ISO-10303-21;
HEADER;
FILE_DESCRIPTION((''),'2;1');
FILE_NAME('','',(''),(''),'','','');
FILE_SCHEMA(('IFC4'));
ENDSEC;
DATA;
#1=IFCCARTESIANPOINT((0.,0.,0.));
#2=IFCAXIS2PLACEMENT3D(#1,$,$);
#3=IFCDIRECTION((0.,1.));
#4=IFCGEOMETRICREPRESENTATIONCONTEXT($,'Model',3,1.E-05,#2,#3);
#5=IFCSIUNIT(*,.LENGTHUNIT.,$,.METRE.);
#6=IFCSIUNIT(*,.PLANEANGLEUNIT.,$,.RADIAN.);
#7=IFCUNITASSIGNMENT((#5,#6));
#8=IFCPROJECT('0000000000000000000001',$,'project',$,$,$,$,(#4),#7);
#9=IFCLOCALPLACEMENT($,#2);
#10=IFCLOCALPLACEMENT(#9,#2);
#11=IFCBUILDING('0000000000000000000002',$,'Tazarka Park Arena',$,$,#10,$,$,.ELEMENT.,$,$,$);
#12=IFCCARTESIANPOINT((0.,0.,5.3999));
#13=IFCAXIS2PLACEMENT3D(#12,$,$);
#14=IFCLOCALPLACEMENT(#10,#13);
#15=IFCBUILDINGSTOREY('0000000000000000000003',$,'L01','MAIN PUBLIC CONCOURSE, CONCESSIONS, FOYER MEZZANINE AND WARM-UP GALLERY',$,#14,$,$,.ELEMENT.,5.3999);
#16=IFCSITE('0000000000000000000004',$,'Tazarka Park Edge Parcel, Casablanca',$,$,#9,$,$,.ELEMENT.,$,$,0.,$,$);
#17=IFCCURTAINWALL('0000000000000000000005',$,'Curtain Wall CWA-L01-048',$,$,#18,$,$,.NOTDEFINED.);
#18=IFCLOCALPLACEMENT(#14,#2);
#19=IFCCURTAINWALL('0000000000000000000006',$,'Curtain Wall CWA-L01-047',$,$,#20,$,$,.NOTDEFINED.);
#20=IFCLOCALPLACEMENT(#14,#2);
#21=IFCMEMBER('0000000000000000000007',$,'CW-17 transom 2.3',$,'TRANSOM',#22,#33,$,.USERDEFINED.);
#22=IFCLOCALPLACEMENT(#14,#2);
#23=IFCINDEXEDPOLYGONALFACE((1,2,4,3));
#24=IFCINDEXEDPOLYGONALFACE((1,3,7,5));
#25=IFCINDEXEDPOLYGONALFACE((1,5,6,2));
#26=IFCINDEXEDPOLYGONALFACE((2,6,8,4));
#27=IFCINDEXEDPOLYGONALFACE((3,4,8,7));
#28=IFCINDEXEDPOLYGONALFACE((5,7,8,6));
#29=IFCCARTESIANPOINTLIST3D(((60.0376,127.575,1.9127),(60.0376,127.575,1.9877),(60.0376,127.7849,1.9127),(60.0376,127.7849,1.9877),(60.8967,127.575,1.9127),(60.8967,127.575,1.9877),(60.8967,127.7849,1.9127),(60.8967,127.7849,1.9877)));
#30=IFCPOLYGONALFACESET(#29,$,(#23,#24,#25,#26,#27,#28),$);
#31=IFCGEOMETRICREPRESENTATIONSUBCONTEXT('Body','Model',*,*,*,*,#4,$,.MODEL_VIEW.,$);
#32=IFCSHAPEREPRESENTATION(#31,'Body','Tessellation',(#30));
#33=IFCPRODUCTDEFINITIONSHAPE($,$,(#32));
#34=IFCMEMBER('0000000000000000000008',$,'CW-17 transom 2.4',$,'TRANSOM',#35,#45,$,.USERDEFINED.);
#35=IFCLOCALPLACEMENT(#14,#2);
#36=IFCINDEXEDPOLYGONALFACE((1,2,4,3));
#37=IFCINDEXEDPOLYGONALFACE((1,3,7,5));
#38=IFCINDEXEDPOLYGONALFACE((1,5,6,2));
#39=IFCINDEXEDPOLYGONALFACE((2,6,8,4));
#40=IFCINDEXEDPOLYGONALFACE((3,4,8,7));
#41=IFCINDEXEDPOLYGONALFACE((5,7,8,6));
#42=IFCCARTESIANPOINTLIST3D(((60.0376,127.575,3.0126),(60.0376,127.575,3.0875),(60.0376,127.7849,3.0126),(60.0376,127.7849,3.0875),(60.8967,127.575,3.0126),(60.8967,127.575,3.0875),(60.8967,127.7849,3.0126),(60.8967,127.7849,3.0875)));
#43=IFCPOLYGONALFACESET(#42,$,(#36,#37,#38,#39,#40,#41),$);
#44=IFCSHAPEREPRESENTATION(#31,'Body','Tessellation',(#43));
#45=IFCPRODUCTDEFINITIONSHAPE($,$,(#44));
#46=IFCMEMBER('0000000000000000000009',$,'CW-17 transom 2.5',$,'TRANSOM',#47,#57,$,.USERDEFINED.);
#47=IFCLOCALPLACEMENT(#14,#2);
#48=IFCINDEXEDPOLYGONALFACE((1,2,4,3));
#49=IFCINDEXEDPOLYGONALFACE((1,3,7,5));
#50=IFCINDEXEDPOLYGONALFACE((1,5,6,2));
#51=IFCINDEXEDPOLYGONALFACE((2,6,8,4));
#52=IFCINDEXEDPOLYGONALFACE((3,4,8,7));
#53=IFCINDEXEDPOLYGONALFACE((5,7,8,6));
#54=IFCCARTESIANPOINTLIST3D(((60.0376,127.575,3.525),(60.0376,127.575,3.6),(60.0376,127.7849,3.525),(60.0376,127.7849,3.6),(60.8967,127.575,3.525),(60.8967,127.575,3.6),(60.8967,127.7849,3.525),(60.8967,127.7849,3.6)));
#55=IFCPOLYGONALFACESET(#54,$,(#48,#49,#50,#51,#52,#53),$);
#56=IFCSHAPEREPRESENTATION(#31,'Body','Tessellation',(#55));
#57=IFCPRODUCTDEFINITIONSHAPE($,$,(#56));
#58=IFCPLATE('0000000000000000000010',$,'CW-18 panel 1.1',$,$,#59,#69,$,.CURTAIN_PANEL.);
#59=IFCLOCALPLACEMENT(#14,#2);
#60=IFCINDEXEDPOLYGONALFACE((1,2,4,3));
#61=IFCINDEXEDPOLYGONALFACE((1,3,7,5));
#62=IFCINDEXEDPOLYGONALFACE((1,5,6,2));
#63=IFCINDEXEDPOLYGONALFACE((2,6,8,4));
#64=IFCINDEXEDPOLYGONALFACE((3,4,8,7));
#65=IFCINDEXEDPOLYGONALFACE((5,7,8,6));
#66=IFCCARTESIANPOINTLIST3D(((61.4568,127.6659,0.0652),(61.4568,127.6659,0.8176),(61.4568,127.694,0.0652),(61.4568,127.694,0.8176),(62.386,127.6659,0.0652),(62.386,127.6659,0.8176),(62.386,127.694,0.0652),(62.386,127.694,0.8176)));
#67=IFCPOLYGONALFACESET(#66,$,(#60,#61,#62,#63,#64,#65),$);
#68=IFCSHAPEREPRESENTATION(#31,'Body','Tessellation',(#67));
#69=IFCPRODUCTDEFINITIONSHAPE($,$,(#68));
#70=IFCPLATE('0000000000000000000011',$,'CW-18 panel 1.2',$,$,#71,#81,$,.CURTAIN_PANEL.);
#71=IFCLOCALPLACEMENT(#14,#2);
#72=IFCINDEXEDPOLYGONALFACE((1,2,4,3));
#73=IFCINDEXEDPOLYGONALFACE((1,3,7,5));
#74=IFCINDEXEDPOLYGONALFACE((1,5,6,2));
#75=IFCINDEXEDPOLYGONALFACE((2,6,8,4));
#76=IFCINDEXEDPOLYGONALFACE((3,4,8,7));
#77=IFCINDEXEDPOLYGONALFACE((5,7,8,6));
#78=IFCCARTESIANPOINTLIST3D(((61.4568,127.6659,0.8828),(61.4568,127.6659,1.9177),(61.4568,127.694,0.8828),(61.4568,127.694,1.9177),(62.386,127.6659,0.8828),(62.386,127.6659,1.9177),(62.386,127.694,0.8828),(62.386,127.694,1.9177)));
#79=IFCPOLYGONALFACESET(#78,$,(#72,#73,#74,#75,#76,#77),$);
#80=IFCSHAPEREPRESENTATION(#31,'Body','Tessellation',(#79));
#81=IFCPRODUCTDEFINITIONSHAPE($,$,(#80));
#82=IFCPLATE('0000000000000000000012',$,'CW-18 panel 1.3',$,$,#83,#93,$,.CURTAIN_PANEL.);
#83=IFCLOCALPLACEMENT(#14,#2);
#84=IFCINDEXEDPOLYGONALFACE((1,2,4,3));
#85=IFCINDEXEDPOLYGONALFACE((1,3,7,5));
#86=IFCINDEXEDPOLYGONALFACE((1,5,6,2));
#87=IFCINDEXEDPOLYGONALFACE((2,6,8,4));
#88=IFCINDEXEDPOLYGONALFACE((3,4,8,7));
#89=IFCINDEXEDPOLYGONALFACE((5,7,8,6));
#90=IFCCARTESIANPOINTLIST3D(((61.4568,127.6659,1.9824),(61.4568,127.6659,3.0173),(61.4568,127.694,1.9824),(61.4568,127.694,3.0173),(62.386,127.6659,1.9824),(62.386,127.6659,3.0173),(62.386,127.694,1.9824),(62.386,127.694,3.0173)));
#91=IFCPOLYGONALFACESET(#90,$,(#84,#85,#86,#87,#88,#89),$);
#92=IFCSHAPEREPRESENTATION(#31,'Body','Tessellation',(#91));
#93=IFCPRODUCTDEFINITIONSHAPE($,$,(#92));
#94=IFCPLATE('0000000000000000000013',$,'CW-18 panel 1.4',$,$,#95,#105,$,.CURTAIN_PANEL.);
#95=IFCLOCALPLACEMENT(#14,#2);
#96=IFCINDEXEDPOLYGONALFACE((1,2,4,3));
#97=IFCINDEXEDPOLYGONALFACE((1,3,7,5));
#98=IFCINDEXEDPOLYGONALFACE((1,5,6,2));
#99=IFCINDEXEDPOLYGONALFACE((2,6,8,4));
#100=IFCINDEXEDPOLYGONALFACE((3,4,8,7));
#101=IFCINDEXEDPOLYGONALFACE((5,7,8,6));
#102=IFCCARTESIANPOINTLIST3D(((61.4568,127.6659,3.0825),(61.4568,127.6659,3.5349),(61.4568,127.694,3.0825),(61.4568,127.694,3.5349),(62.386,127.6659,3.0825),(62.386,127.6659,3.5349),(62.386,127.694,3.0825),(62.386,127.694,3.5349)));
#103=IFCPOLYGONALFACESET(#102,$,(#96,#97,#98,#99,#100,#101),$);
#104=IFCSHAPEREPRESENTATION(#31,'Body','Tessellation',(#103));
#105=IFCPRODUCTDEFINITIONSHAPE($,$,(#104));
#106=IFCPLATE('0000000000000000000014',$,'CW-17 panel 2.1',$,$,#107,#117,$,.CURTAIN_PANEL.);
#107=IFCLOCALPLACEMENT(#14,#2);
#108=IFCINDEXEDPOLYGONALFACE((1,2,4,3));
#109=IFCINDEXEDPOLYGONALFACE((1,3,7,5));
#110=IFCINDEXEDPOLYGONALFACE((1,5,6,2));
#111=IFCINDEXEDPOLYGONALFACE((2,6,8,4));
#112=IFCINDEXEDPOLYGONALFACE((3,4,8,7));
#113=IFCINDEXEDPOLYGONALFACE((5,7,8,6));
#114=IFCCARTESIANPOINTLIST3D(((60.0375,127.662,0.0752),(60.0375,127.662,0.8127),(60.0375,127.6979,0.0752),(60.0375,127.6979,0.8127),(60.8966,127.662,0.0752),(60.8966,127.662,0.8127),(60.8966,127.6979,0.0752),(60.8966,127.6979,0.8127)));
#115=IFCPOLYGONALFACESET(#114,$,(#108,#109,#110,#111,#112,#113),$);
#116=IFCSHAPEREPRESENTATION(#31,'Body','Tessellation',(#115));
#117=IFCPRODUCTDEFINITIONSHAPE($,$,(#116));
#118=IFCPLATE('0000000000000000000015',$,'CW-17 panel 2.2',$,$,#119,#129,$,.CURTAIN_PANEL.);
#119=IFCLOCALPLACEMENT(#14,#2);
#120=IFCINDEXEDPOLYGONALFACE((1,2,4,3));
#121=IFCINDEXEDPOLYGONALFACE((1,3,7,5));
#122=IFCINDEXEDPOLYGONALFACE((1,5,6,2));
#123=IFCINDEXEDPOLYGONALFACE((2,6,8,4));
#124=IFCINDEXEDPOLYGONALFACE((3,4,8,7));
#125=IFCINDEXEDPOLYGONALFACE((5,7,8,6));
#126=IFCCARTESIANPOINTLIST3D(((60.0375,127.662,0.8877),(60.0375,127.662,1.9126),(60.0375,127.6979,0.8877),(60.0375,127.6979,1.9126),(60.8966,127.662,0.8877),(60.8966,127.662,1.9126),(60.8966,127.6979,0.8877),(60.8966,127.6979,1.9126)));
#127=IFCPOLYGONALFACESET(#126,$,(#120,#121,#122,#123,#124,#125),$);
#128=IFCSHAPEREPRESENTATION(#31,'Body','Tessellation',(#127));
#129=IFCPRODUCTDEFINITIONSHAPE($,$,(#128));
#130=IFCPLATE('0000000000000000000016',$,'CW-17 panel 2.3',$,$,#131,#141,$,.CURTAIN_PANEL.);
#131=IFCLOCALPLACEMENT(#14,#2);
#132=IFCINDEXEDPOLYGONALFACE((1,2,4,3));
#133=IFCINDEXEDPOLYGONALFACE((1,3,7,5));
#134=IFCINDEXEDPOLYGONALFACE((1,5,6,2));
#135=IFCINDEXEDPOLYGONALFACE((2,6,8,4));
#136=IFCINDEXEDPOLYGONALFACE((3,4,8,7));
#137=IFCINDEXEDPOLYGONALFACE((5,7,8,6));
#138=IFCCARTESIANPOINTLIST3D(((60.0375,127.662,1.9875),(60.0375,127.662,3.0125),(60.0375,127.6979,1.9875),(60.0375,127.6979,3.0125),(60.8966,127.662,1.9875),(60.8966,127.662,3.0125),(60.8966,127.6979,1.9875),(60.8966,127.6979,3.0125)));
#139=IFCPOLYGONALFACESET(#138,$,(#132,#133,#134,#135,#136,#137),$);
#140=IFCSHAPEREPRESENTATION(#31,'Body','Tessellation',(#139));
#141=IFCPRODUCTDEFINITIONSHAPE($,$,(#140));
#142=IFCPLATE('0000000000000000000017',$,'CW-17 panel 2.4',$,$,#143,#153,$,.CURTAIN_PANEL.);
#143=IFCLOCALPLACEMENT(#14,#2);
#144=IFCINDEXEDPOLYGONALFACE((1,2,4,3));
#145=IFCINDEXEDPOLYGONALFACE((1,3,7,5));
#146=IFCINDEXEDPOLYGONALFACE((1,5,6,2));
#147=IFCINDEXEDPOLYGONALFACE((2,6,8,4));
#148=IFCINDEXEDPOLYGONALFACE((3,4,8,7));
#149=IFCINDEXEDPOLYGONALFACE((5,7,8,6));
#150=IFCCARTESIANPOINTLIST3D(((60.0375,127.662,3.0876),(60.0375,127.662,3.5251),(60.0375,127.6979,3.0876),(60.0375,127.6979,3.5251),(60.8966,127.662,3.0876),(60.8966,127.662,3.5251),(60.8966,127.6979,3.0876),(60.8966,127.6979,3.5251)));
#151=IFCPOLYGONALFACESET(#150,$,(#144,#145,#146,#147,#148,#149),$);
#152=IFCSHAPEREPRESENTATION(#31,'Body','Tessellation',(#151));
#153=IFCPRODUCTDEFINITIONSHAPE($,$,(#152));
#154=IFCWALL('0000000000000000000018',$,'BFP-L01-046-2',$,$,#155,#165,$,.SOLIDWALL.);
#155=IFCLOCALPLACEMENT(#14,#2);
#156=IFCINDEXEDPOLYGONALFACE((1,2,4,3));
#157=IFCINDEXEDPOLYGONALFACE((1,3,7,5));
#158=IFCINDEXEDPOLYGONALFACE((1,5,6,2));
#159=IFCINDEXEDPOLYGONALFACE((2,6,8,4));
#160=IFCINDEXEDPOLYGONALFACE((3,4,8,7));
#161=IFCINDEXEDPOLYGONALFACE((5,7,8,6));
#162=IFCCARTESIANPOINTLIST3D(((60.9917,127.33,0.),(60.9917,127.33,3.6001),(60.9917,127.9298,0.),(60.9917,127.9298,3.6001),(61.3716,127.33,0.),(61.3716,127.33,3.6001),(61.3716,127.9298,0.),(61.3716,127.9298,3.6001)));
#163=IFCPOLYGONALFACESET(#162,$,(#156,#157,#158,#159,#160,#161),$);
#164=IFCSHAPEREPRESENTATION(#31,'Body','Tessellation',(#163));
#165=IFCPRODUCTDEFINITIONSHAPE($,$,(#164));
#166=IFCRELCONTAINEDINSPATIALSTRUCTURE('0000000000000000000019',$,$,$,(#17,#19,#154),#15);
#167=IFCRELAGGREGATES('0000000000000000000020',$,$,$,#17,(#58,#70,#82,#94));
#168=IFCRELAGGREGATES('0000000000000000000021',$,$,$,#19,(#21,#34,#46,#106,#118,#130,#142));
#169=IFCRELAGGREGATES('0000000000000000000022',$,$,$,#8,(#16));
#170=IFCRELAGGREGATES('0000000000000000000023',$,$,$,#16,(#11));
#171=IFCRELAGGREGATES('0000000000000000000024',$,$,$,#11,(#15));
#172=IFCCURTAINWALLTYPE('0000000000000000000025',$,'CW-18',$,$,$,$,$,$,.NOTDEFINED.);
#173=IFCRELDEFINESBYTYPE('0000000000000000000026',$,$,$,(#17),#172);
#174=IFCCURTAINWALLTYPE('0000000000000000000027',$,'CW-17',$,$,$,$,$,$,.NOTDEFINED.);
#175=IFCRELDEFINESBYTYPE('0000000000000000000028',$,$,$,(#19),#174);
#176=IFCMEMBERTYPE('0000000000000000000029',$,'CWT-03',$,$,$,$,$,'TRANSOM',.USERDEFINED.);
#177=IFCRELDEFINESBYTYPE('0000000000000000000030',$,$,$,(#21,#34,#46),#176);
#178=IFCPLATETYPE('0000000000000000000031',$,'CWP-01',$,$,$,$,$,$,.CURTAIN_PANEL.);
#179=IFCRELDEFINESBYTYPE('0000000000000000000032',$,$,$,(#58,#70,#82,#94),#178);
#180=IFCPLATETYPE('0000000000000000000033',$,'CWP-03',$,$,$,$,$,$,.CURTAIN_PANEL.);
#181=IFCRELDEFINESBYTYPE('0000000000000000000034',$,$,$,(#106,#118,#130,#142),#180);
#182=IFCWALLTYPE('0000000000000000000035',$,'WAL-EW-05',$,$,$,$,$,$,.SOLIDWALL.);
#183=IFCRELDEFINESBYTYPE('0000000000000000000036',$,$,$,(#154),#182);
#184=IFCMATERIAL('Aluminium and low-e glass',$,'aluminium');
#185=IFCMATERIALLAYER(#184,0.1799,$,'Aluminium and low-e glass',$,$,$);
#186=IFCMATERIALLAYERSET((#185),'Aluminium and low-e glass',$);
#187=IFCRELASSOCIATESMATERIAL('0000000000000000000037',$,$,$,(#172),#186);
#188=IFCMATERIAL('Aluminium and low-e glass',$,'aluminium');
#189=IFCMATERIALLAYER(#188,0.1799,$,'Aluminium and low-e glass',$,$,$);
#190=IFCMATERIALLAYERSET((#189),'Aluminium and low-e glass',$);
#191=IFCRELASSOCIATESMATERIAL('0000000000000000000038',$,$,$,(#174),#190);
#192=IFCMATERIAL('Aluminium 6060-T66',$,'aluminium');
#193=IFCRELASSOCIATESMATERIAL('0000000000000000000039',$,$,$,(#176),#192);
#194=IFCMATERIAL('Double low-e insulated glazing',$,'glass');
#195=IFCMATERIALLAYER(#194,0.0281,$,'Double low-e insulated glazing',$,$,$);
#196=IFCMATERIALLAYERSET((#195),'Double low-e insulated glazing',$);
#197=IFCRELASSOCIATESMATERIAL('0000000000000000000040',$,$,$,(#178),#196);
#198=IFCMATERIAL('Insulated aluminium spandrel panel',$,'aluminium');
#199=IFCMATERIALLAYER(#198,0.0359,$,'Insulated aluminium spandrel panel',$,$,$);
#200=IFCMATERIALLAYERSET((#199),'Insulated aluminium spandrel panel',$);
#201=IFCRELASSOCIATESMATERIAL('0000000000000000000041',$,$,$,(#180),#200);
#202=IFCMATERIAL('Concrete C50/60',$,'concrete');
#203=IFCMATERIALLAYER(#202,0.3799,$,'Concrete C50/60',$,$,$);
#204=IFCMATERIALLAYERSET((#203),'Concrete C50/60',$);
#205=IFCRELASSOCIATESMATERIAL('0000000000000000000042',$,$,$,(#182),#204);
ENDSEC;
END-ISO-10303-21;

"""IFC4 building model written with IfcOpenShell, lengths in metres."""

from ifc_helpers import new_model, si_unit, direction, frame, frame_2d, origin, origin_2d, place, context, subcontext, project, spatial, rectangle, extrude, material, layer, layer_set, material_profile, profile_set, type_object, element, aggregate, save


model = new_model("IFC4")

# Units and contexts
model_context = context("Model", 3, precision=1e-05, world=origin(), true_north=direction((0.0, 1.0)))
body_context = subcontext(model_context, "Body", "Model", "MODEL_VIEW")
ifc_project = project(units=[si_unit("LENGTHUNIT", "METRE"), si_unit("PLANEANGLEUNIT", "RADIAN")], contexts=[model_context])

# Site, building, storey
site_placement = place(None, origin())
site = spatial("IfcSite", under=ifc_project, at=site_placement, Name="Tazarka Park Edge Parcel, Casablanca", CompositionType="ELEMENT", RefElevation=0.0)
building_placement = place(site_placement, origin())
building = spatial("IfcBuilding", under=site, at=building_placement, Name="Tazarka Park Arena", CompositionType="ELEMENT")
storey_placement = place(building_placement, frame((0.0, 0.0, 5.3999)))
storey = spatial("IfcBuildingStorey", under=building, at=storey_placement, Name="L01", Description="MAIN PUBLIC CONCOURSE, CONCESSIONS, FOYER MEZZANINE AND WARM-UP GALLERY", CompositionType="ELEMENT", Elevation=5.3999)

# Curtain walls
ifc_material_1 = material(Name="Aluminium and low-e glass", Category="aluminium")
ifc_layer_1 = layer(ifc_material_1, 0.1799, Name="Aluminium and low-e glass")
ifc_layer_set_1 = layer_set([ifc_layer_1], Name="Aluminium and low-e glass")
curtain_wall_type_1 = type_object("IfcCurtainWallType", Name="CW-18", PredefinedType="NOTDEFINED", material=ifc_layer_set_1)
curtain_wall_1_placement = place(storey_placement, origin())
curtain_wall_1 = element("IfcCurtainWall", 1, at=curtain_wall_1_placement, inside=storey, type_object=curtain_wall_type_1, Name="Curtain Wall CWA-L01-048", PredefinedType="NOTDEFINED")
ifc_material_2 = material(Name="Aluminium and low-e glass", Category="aluminium")
ifc_layer_2 = layer(ifc_material_2, 0.1799, Name="Aluminium and low-e glass")
ifc_layer_set_2 = layer_set([ifc_layer_2], Name="Aluminium and low-e glass")
curtain_wall_type_2 = type_object("IfcCurtainWallType", Name="CW-17", PredefinedType="NOTDEFINED", material=ifc_layer_set_2)
curtain_wall_2_placement = place(storey_placement, origin())
curtain_wall_2 = element("IfcCurtainWall", 2, at=curtain_wall_2_placement, inside=storey, type_object=curtain_wall_type_2, Name="Curtain Wall CWA-L01-047", PredefinedType="NOTDEFINED")

# Members
ifc_material_3 = material(Name="Aluminium 6060-T66", Category="aluminium")
ifc_material_profile_1 = material_profile(ifc_material_3, rectangle(XDim=0.21, YDim=0.075, at=origin_2d()), Name="Aluminium 6060-T66")
ifc_profile_set_1 = profile_set([ifc_material_profile_1], Name="Aluminium 6060-T66")
member_type_1 = type_object("IfcMemberType", Name="CWT-03", ElementType="TRANSOM", PredefinedType="USERDEFINED", material=ifc_profile_set_1)
member_1_placement = place(storey_placement, frame((60.0376, 127.6799, 1.9502), z_axis=(1.0, 0.0, 0.0), x_axis=(0.0, 1.0, 0.0)))
member_1 = element("IfcMember", 3, at=member_1_placement, type_object=member_type_1, Name="CW-17 transom 2.3", ObjectType="TRANSOM", PredefinedType="USERDEFINED", context=body_context, shape_type="SweptSolid", body=[
    extrude(rectangle(XDim=0.21, YDim=0.075, at=origin_2d()), origin(), (0.0, 0.0, 1.0), 0.8591),
])
member_2_placement = place(storey_placement, frame((60.0376, 127.6799, 3.05), z_axis=(1.0, 0.0, 0.0), x_axis=(0.0, 1.0, 0.0)))
member_2 = element("IfcMember", 4, at=member_2_placement, type_object=member_type_1, Name="CW-17 transom 2.4", ObjectType="TRANSOM", PredefinedType="USERDEFINED", context=body_context, shape_type="SweptSolid", body=[
    extrude(rectangle(XDim=0.21, YDim=0.075, at=origin_2d()), origin(), (0.0, 0.0, 1.0), 0.8591),
])
member_3_placement = place(storey_placement, frame((60.0376, 127.6799, 3.5625), z_axis=(1.0, 0.0, 0.0), x_axis=(0.0, 1.0, 0.0)))
member_3 = element("IfcMember", 5, at=member_3_placement, type_object=member_type_1, Name="CW-17 transom 2.5", ObjectType="TRANSOM", PredefinedType="USERDEFINED", context=body_context, shape_type="SweptSolid", body=[
    extrude(rectangle(XDim=0.21, YDim=0.075, at=origin_2d()), origin(), (0.0, 0.0, 1.0), 0.8591),
])

# Plates
ifc_material_4 = material(Name="Double low-e insulated glazing", Category="glass")
ifc_layer_3 = layer(ifc_material_4, 0.0281, Name="Double low-e insulated glazing")
ifc_layer_set_3 = layer_set([ifc_layer_3], Name="Double low-e insulated glazing")
plate_type_1 = type_object("IfcPlateType", Name="CWP-01", PredefinedType="CURTAIN_PANEL", material=ifc_layer_set_3)
plate_1_placement = place(storey_placement, frame((61.9214, 127.6799, 0.0652), z_axis=(0.0, 0.0, 1.0), x_axis=(1.0, 0.0, 0.0)))
plate_1 = element("IfcPlate", 6, at=plate_1_placement, type_object=plate_type_1, Name="CW-18 panel 1.1", PredefinedType="CURTAIN_PANEL", context=body_context, shape_type="SweptSolid", body=[
    extrude(rectangle(XDim=0.9292, YDim=0.0281, at=origin_2d()), origin(), (0.0, 0.0, 1.0), 0.7524),
])
plate_2_placement = place(storey_placement, frame((61.9214, 127.6799, 0.8828), z_axis=(0.0, 0.0, 1.0), x_axis=(1.0, 0.0, 0.0)))
plate_2 = element("IfcPlate", 7, at=plate_2_placement, type_object=plate_type_1, Name="CW-18 panel 1.2", PredefinedType="CURTAIN_PANEL", context=body_context, shape_type="SweptSolid", body=[
    extrude(rectangle(XDim=0.9292, YDim=0.0281, at=origin_2d()), origin(), (0.0, 0.0, 1.0), 1.0349),
])
plate_3_placement = place(storey_placement, frame((61.9214, 127.6799, 1.9824), z_axis=(0.0, 0.0, 1.0), x_axis=(1.0, 0.0, 0.0)))
plate_3 = element("IfcPlate", 8, at=plate_3_placement, type_object=plate_type_1, Name="CW-18 panel 1.3", PredefinedType="CURTAIN_PANEL", context=body_context, shape_type="SweptSolid", body=[
    extrude(rectangle(XDim=0.9292, YDim=0.0281, at=origin_2d()), origin(), (0.0, 0.0, 1.0), 1.0349),
])
plate_4_placement = place(storey_placement, frame((61.9214, 127.6799, 3.0825), z_axis=(0.0, 0.0, 1.0), x_axis=(1.0, 0.0, 0.0)))
plate_4 = element("IfcPlate", 9, at=plate_4_placement, type_object=plate_type_1, Name="CW-18 panel 1.4", PredefinedType="CURTAIN_PANEL", context=body_context, shape_type="SweptSolid", body=[
    extrude(rectangle(XDim=0.9292, YDim=0.0281, at=origin_2d()), origin(), (0.0, 0.0, 1.0), 0.4524),
])
aggregate(curtain_wall_1, [plate_1, plate_2, plate_3, plate_4])
ifc_material_5 = material(Name="Insulated aluminium spandrel panel", Category="aluminium")
ifc_layer_4 = layer(ifc_material_5, 0.0359, Name="Insulated aluminium spandrel panel")
ifc_layer_set_4 = layer_set([ifc_layer_4], Name="Insulated aluminium spandrel panel")
plate_type_2 = type_object("IfcPlateType", Name="CWP-03", PredefinedType="CURTAIN_PANEL", material=ifc_layer_set_4)
plate_5_placement = place(storey_placement, frame((60.467, 127.6799, 0.0752), z_axis=(0.0, 0.0, 1.0), x_axis=(1.0, 0.0, 0.0)))
plate_5 = element("IfcPlate", 10, at=plate_5_placement, type_object=plate_type_2, Name="CW-17 panel 2.1", PredefinedType="CURTAIN_PANEL", context=body_context, shape_type="SweptSolid", body=[
    extrude(rectangle(XDim=0.8591, YDim=0.0359, at=origin_2d()), origin(), (0.0, 0.0, 1.0), 0.7375),
])
plate_6_placement = place(storey_placement, frame((60.467, 127.6799, 0.8877), z_axis=(0.0, 0.0, 1.0), x_axis=(1.0, 0.0, 0.0)))
plate_6 = element("IfcPlate", 11, at=plate_6_placement, type_object=plate_type_2, Name="CW-17 panel 2.2", PredefinedType="CURTAIN_PANEL", context=body_context, shape_type="SweptSolid", body=[
    extrude(rectangle(XDim=0.8591, YDim=0.0359, at=origin_2d()), origin(), (0.0, 0.0, 1.0), 1.0249),
])
plate_7_placement = place(storey_placement, frame((60.467, 127.6799, 1.9875), z_axis=(0.0, 0.0, 1.0), x_axis=(1.0, 0.0, 0.0)))
plate_7 = element("IfcPlate", 12, at=plate_7_placement, type_object=plate_type_2, Name="CW-17 panel 2.3", PredefinedType="CURTAIN_PANEL", context=body_context, shape_type="SweptSolid", body=[
    extrude(rectangle(XDim=0.8591, YDim=0.0359, at=origin_2d()), origin(), (0.0, 0.0, 1.0), 1.0249),
])
plate_8_placement = place(storey_placement, frame((60.467, 127.6799, 3.0876), z_axis=(0.0, 0.0, 1.0), x_axis=(1.0, 0.0, 0.0)))
plate_8 = element("IfcPlate", 13, at=plate_8_placement, type_object=plate_type_2, Name="CW-17 panel 2.4", PredefinedType="CURTAIN_PANEL", context=body_context, shape_type="SweptSolid", body=[
    extrude(rectangle(XDim=0.8591, YDim=0.0359, at=origin_2d()), origin(), (0.0, 0.0, 1.0), 0.4375),
])
aggregate(curtain_wall_2, [member_1, member_2, member_3, plate_5, plate_6, plate_7, plate_8])

# Wall
ifc_material_6 = material(Name="Concrete C50/60", Category="concrete")
ifc_layer_5 = layer(ifc_material_6, 0.3799, Name="Concrete C50/60")
ifc_layer_set_5 = layer_set([ifc_layer_5], Name="Concrete C50/60")
wall_type = type_object("IfcWallType", Name="WAL-EW-05", PredefinedType="SOLIDWALL", material=ifc_layer_set_5)
wall_placement = place(storey_placement, frame((61.1816, 127.3301, 0.0), z_axis=(0.0, 0.0, 1.0), x_axis=(0.0, 1.0, 0.0)))
element("IfcWall", 14, at=wall_placement, inside=storey, type_object=wall_type, Name="BFP-L01-046-2", PredefinedType="SOLIDWALL", context=body_context, shape_type="SweptSolid", body=[
    extrude(rectangle(XDim=0.5999, YDim=0.3799, at=frame_2d((0.2998, 0.0))), origin(), (0.0, 0.0, 1.0), 3.6001),
])

save(model, "model.ifc")
